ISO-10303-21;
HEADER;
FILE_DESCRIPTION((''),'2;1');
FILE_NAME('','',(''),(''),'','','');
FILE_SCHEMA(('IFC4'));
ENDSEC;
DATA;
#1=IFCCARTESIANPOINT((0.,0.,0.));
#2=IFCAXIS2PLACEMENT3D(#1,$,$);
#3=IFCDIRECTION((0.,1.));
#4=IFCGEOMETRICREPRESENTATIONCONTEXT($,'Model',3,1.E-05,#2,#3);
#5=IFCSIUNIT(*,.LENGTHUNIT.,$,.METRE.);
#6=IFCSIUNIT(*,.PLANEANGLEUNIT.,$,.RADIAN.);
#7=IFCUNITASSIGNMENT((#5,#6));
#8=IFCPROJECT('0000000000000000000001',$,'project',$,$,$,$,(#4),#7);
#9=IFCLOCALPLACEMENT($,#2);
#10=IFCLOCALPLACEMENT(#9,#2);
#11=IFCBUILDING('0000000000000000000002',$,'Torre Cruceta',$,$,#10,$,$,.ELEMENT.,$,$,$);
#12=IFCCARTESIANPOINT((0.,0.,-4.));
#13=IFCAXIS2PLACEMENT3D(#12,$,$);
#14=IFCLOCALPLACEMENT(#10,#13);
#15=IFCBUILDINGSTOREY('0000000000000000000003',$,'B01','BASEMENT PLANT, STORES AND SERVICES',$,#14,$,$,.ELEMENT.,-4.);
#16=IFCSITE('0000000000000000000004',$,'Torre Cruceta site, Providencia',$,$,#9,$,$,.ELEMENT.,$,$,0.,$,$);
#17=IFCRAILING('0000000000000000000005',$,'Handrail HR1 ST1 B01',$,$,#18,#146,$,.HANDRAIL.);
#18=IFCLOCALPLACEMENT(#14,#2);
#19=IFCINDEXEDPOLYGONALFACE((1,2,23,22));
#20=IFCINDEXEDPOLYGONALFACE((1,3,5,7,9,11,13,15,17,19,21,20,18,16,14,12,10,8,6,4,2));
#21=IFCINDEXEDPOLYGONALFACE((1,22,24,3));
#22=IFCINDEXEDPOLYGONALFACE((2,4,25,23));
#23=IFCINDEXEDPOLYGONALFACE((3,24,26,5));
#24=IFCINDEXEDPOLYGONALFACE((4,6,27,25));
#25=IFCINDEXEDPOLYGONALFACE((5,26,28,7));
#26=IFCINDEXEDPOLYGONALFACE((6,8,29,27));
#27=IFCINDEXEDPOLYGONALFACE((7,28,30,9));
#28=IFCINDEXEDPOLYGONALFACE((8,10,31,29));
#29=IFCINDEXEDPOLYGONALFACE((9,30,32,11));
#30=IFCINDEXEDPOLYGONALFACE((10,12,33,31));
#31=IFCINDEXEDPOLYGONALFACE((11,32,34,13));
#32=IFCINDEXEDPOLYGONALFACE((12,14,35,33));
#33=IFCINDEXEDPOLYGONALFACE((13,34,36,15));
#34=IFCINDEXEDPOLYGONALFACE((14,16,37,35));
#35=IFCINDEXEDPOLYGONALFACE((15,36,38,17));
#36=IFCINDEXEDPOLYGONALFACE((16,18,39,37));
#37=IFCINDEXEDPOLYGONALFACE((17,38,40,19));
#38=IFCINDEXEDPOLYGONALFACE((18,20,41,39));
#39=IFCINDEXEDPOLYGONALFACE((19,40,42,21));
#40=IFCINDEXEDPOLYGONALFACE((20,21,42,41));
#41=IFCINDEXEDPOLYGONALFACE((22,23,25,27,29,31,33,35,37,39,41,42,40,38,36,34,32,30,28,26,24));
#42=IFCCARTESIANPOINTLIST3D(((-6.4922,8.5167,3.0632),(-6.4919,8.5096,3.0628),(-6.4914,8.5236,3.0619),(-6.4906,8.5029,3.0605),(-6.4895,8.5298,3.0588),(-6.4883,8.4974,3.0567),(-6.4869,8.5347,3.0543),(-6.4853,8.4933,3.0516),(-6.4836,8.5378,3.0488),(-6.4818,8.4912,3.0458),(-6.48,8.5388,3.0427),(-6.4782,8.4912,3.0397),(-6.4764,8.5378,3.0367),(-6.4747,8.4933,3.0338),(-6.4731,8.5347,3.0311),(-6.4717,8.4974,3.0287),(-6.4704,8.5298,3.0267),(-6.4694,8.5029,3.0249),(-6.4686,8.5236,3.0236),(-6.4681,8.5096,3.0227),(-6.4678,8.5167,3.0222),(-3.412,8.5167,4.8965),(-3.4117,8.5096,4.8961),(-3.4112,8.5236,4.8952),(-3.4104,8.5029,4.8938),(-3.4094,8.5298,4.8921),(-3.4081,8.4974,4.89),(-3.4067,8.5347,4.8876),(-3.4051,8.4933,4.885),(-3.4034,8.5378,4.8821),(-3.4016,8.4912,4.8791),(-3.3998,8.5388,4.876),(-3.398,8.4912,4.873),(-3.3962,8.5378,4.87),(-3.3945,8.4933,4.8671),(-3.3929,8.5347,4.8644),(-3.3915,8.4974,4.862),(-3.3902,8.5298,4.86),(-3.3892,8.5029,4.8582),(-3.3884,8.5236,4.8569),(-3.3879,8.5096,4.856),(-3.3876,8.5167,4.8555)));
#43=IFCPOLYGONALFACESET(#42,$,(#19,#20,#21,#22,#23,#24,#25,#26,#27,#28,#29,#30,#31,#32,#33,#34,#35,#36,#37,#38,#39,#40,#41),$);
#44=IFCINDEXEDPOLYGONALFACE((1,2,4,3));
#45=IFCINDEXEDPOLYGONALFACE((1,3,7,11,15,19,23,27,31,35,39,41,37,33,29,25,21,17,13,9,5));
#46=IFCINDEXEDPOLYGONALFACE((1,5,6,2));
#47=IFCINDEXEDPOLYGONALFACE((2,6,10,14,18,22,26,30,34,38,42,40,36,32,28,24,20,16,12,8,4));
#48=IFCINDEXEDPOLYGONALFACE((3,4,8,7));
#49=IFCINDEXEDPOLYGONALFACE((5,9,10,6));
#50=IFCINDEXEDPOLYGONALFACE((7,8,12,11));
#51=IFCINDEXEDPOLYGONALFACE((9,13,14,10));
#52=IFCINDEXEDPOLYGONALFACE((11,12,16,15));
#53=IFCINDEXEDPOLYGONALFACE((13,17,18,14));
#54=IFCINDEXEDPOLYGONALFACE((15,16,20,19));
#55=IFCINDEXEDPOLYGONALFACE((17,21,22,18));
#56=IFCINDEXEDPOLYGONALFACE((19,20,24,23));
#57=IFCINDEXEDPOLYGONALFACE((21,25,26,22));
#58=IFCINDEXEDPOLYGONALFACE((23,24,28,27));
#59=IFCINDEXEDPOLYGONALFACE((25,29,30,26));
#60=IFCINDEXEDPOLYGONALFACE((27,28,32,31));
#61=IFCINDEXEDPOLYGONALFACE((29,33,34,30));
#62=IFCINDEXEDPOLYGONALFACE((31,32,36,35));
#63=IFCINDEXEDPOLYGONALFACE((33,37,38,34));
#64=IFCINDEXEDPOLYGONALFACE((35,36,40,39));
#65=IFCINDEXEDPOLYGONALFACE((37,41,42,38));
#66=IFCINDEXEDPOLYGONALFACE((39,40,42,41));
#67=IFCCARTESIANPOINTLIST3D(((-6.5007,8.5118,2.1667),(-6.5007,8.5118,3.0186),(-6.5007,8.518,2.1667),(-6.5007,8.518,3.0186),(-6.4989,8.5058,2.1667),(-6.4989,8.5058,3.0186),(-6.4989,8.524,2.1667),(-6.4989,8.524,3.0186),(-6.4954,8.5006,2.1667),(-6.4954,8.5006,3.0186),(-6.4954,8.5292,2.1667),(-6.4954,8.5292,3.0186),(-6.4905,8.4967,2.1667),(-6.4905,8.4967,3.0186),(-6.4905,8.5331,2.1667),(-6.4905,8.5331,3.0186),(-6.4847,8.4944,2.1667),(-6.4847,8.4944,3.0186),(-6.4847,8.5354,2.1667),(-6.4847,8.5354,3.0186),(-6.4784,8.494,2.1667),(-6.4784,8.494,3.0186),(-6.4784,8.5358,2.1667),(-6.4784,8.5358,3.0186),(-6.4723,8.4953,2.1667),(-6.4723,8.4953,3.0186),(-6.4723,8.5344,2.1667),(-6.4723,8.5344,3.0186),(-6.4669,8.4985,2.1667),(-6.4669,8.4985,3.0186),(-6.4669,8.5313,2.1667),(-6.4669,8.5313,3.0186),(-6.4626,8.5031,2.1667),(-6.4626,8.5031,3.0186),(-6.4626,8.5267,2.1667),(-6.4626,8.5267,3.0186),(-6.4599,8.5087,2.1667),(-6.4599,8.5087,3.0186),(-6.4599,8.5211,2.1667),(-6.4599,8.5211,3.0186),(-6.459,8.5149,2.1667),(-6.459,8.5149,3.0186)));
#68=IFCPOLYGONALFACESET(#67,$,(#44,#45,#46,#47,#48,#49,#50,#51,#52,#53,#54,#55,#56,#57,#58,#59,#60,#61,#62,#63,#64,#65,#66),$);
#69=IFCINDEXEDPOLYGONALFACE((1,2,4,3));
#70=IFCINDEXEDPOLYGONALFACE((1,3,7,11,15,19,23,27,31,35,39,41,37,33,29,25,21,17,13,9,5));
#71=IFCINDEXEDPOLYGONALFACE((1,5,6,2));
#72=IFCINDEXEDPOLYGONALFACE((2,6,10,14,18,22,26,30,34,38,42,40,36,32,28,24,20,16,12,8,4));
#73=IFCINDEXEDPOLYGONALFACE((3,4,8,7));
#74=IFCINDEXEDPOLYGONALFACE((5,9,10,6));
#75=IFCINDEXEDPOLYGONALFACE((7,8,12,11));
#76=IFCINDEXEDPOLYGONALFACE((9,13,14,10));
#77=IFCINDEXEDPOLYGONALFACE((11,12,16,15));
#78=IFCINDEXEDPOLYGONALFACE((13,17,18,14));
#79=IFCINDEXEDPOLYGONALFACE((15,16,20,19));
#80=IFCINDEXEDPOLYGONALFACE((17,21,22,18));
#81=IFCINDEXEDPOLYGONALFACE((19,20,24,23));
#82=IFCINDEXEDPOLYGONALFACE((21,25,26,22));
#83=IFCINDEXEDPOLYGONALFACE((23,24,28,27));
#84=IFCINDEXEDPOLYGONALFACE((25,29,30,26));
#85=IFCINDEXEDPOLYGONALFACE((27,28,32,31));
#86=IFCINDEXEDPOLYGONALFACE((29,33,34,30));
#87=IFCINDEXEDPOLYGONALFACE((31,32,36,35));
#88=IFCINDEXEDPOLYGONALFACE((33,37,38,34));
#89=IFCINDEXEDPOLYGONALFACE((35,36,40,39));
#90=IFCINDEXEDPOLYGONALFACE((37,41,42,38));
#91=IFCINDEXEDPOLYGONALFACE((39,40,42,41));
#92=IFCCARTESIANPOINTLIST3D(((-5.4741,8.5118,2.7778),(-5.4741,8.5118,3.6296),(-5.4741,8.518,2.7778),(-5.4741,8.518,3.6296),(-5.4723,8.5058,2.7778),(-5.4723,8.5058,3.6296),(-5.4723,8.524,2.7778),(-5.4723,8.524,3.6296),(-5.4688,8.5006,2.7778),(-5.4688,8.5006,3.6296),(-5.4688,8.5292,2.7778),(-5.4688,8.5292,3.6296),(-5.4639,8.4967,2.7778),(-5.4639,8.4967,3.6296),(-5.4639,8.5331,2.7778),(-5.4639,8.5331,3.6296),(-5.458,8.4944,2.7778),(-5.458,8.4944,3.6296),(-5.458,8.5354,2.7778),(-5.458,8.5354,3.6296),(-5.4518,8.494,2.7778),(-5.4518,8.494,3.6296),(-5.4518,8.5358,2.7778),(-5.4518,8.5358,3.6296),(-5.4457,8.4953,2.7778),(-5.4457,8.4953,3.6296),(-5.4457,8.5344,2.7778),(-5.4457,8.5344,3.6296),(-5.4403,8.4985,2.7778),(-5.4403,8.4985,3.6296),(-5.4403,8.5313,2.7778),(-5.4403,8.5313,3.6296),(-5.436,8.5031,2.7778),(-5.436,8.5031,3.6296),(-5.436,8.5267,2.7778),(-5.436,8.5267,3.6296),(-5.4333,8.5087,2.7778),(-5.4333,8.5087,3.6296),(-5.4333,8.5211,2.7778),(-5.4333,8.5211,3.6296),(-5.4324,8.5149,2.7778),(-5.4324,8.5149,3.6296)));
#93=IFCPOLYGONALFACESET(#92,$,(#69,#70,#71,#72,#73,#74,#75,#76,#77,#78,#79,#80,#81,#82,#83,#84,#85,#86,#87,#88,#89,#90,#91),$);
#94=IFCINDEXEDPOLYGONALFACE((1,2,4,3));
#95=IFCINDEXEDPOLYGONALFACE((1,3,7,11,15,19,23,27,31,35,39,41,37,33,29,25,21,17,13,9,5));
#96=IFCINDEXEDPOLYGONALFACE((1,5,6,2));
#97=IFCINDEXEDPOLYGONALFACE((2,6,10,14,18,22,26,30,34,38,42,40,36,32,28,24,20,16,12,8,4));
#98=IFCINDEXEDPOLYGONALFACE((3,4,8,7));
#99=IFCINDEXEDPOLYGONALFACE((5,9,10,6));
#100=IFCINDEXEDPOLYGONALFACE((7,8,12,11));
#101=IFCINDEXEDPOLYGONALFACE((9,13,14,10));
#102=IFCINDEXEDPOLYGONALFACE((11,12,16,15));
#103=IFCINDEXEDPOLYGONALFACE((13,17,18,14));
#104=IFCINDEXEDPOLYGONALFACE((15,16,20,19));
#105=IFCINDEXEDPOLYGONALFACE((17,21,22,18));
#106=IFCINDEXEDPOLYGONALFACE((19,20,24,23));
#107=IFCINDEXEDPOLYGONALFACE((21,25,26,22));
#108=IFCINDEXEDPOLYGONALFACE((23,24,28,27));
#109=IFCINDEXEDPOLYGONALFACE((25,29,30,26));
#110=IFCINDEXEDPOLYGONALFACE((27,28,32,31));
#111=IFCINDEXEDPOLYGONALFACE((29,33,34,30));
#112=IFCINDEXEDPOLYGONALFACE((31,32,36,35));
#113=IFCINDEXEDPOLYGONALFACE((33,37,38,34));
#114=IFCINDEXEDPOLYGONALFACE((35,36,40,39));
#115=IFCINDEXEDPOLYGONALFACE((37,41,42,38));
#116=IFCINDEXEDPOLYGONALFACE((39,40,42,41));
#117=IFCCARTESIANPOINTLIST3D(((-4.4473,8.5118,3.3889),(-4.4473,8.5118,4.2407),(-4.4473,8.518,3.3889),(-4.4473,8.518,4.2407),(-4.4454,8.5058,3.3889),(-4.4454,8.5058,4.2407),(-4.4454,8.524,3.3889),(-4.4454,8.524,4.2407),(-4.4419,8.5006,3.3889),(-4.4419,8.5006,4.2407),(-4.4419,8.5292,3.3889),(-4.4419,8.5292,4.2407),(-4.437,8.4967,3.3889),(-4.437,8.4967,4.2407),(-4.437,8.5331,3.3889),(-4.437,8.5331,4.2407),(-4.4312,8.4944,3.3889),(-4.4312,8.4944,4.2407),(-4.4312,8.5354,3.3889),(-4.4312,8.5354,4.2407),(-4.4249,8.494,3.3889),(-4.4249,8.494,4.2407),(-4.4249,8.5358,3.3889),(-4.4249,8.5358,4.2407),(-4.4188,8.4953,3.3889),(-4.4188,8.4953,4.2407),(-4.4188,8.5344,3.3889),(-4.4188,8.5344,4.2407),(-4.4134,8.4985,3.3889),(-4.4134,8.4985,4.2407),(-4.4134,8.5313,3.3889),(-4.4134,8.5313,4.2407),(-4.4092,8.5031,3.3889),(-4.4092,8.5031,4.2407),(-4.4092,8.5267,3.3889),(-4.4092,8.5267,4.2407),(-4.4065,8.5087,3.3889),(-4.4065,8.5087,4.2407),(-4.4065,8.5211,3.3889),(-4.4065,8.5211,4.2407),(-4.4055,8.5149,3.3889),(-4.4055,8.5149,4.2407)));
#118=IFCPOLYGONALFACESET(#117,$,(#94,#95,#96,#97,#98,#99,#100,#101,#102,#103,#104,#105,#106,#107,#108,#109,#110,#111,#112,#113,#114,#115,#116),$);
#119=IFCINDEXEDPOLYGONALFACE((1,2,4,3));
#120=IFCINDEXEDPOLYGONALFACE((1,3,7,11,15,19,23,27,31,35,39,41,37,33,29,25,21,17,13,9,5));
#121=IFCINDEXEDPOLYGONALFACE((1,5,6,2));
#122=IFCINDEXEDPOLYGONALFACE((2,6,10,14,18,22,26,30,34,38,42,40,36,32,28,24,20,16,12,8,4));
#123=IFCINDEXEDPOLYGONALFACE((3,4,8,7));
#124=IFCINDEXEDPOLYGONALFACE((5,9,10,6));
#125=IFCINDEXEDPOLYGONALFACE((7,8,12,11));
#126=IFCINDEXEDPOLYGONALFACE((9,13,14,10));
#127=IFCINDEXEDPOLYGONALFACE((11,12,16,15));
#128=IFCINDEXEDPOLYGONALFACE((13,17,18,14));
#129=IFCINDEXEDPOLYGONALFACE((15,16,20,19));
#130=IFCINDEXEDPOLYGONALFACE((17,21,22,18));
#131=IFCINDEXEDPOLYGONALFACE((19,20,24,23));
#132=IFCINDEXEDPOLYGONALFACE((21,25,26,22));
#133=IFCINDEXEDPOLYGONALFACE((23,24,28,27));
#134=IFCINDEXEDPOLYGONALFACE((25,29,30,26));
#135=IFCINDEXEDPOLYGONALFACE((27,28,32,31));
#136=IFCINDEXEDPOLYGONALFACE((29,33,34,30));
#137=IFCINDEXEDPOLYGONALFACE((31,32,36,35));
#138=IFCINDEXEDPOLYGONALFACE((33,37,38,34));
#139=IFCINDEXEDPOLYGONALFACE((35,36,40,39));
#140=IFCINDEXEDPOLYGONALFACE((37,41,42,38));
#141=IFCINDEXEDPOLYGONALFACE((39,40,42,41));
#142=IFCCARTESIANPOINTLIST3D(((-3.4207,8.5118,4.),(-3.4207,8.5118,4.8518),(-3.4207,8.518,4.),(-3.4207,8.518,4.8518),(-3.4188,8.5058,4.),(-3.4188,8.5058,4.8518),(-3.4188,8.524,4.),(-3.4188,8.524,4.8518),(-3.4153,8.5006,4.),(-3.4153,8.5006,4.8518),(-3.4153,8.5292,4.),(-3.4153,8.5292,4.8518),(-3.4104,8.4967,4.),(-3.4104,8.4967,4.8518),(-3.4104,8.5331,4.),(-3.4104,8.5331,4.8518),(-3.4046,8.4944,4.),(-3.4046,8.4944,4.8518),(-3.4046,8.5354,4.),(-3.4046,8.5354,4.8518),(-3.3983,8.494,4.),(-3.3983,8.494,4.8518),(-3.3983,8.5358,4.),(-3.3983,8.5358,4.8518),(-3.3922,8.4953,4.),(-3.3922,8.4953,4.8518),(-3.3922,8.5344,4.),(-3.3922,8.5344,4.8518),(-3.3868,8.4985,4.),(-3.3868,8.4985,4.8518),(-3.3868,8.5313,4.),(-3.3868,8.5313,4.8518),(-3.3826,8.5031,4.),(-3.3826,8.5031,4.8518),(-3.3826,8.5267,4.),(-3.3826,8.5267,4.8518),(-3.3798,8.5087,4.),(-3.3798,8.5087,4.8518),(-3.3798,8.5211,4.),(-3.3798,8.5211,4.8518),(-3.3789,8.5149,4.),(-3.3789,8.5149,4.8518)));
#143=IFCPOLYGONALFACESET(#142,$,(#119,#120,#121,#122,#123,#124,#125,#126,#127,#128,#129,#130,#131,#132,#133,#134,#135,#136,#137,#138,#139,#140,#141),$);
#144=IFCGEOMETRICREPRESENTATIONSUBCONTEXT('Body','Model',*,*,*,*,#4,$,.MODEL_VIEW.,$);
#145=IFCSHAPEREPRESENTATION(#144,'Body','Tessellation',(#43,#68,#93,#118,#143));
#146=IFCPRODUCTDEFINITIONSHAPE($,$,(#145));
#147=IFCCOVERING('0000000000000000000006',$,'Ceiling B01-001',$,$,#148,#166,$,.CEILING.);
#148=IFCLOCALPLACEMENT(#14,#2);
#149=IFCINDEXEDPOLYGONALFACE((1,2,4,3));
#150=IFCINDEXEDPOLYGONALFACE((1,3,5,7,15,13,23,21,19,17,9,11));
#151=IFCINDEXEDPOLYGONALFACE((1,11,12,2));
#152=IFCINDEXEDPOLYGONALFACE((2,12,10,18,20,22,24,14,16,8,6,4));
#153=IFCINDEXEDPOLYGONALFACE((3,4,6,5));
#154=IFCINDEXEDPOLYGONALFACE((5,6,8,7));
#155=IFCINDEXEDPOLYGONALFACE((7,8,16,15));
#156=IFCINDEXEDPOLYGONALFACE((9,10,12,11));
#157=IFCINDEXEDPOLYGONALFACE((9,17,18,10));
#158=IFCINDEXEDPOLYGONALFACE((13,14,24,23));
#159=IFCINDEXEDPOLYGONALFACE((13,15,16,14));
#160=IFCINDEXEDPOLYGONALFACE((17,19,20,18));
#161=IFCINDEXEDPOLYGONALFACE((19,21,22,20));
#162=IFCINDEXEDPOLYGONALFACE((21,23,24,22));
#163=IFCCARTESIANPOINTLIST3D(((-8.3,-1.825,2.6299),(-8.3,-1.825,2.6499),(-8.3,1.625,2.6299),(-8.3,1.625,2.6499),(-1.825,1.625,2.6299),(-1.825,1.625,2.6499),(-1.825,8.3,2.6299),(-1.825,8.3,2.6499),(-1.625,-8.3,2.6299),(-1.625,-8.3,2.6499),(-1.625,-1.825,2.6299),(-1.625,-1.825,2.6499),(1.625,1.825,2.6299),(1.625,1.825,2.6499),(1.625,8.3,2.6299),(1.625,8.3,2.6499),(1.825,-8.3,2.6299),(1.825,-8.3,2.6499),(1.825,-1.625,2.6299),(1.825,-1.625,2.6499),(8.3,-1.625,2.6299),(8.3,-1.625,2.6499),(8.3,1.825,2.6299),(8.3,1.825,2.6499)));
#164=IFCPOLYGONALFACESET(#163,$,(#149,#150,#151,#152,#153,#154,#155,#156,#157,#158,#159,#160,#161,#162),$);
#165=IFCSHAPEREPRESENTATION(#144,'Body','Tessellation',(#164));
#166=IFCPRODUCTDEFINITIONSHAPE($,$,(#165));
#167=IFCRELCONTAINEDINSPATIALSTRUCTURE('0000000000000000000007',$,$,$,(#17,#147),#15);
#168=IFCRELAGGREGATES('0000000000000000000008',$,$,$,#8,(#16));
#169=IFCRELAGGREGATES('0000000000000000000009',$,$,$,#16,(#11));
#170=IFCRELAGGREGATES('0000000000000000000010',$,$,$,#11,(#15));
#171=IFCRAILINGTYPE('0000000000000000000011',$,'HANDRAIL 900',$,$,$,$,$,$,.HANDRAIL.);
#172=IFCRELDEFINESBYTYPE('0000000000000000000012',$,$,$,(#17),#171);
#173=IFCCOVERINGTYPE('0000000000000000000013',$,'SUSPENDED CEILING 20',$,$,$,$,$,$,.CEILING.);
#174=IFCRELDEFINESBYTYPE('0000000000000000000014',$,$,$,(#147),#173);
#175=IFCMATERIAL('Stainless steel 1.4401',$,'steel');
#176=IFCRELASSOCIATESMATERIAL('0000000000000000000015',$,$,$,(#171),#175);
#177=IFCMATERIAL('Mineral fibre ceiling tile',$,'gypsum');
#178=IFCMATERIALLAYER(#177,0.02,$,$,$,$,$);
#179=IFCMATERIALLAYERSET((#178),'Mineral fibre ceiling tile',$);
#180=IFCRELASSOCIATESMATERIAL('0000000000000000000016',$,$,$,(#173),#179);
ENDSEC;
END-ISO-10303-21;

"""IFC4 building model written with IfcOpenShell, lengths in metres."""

from ifc_helpers import new_model, si_unit, direction, frame, origin, origin_2d, place, context, subcontext, project, spatial, polyline, circle, outline, extrude, material, layer, layer_set, type_object, element, save


model = new_model("IFC4")

# Units and contexts
model_context = context("Model", 3, precision=1e-05, world=origin(), true_north=direction((0.0, 1.0)))
body_context = subcontext(model_context, "Body", "Model", "MODEL_VIEW")
ifc_project = project(units=[si_unit("LENGTHUNIT", "METRE"), si_unit("PLANEANGLEUNIT", "RADIAN")], contexts=[model_context])

# Site, building, storey
site_placement = place(None, origin())
site = spatial("IfcSite", under=ifc_project, at=site_placement, Name="Torre Cruceta site, Providencia", CompositionType="ELEMENT", RefElevation=0.0)
building_placement = place(site_placement, origin())
building = spatial("IfcBuilding", under=site, at=building_placement, Name="Torre Cruceta", CompositionType="ELEMENT")
storey_placement = place(building_placement, frame((0.0, 0.0, -4.0)))
storey = spatial("IfcBuildingStorey", under=building, at=storey_placement, Name="B01", Description="BASEMENT PLANT, STORES AND SERVICES", CompositionType="ELEMENT", Elevation=-4.0)

# Railing
ifc_material_1 = material(Name="Stainless steel 1.4401", Category="steel")
railing_type = type_object("IfcRailingType", Name="HANDRAIL 900", PredefinedType="HANDRAIL", material=ifc_material_1)
railing_1_placement = place(storey_placement, frame((-6.48, 8.5149, 2.1667)))
element("IfcRailing", 1, at=railing_1_placement, inside=storey, type_object=railing_type, Name="Handrail HR1 ST1 B01", PredefinedType="HANDRAIL", context=body_context, shape_type="SweptSolid", body=[
    extrude(circle(Radius=0.0239, at=origin_2d()), frame((0.0, 0.0, 0.876), z_axis=(0.859309, 0.0, 0.511458), x_axis=(0.0, 1.0, 0.0)), (0.0, 0.0, 1.0), 3.5845),
    extrude(circle(Radius=0.021, at=origin_2d()), origin(), (0.0, 0.0, 1.0), 0.8518),
    extrude(circle(Radius=0.021, at=origin_2d()), frame((1.0266, 0.0, 0.6111)), (0.0, 0.0, 1.0), 0.8518),
    extrude(circle(Radius=0.021, at=origin_2d()), frame((2.0535, 0.0, 1.2222)), (0.0, 0.0, 1.0), 0.8518),
    extrude(circle(Radius=0.021, at=origin_2d()), frame((3.0801, 0.0, 1.8333)), (0.0, 0.0, 1.0), 0.8518),
])

# Covering
ifc_material_2 = material(Name="Mineral fibre ceiling tile", Category="gypsum")
ifc_layer_1 = layer(ifc_material_2, 0.02)
ifc_layer_set_1 = layer_set([ifc_layer_1], Name="Mineral fibre ceiling tile")
covering_type = type_object("IfcCoveringType", Name="SUSPENDED CEILING 20", PredefinedType="CEILING", material=ifc_layer_set_1)
covering_placement = place(storey_placement, frame((0.0, 0.0, 2.6299)))
element("IfcCovering", 2, at=covering_placement, inside=storey, type_object=covering_type, Name="Ceiling B01-001", PredefinedType="CEILING", context=body_context, shape_type="SweptSolid", body=[
    extrude(outline(polyline([(-1.625, -8.3), (-1.625, -1.825), (-8.3, -1.825), (-8.3, 1.625), (-1.825, 1.625), (-1.825, 8.3), (1.625, 8.3), (1.625, 1.825), (8.3, 1.825), (8.3, -1.625), (1.825, -1.625), (1.825, -8.3), (-1.625, -8.3)])), origin(), (0.0, 0.0, 1.0), 0.02),
])

save(model, "model.ifc")
